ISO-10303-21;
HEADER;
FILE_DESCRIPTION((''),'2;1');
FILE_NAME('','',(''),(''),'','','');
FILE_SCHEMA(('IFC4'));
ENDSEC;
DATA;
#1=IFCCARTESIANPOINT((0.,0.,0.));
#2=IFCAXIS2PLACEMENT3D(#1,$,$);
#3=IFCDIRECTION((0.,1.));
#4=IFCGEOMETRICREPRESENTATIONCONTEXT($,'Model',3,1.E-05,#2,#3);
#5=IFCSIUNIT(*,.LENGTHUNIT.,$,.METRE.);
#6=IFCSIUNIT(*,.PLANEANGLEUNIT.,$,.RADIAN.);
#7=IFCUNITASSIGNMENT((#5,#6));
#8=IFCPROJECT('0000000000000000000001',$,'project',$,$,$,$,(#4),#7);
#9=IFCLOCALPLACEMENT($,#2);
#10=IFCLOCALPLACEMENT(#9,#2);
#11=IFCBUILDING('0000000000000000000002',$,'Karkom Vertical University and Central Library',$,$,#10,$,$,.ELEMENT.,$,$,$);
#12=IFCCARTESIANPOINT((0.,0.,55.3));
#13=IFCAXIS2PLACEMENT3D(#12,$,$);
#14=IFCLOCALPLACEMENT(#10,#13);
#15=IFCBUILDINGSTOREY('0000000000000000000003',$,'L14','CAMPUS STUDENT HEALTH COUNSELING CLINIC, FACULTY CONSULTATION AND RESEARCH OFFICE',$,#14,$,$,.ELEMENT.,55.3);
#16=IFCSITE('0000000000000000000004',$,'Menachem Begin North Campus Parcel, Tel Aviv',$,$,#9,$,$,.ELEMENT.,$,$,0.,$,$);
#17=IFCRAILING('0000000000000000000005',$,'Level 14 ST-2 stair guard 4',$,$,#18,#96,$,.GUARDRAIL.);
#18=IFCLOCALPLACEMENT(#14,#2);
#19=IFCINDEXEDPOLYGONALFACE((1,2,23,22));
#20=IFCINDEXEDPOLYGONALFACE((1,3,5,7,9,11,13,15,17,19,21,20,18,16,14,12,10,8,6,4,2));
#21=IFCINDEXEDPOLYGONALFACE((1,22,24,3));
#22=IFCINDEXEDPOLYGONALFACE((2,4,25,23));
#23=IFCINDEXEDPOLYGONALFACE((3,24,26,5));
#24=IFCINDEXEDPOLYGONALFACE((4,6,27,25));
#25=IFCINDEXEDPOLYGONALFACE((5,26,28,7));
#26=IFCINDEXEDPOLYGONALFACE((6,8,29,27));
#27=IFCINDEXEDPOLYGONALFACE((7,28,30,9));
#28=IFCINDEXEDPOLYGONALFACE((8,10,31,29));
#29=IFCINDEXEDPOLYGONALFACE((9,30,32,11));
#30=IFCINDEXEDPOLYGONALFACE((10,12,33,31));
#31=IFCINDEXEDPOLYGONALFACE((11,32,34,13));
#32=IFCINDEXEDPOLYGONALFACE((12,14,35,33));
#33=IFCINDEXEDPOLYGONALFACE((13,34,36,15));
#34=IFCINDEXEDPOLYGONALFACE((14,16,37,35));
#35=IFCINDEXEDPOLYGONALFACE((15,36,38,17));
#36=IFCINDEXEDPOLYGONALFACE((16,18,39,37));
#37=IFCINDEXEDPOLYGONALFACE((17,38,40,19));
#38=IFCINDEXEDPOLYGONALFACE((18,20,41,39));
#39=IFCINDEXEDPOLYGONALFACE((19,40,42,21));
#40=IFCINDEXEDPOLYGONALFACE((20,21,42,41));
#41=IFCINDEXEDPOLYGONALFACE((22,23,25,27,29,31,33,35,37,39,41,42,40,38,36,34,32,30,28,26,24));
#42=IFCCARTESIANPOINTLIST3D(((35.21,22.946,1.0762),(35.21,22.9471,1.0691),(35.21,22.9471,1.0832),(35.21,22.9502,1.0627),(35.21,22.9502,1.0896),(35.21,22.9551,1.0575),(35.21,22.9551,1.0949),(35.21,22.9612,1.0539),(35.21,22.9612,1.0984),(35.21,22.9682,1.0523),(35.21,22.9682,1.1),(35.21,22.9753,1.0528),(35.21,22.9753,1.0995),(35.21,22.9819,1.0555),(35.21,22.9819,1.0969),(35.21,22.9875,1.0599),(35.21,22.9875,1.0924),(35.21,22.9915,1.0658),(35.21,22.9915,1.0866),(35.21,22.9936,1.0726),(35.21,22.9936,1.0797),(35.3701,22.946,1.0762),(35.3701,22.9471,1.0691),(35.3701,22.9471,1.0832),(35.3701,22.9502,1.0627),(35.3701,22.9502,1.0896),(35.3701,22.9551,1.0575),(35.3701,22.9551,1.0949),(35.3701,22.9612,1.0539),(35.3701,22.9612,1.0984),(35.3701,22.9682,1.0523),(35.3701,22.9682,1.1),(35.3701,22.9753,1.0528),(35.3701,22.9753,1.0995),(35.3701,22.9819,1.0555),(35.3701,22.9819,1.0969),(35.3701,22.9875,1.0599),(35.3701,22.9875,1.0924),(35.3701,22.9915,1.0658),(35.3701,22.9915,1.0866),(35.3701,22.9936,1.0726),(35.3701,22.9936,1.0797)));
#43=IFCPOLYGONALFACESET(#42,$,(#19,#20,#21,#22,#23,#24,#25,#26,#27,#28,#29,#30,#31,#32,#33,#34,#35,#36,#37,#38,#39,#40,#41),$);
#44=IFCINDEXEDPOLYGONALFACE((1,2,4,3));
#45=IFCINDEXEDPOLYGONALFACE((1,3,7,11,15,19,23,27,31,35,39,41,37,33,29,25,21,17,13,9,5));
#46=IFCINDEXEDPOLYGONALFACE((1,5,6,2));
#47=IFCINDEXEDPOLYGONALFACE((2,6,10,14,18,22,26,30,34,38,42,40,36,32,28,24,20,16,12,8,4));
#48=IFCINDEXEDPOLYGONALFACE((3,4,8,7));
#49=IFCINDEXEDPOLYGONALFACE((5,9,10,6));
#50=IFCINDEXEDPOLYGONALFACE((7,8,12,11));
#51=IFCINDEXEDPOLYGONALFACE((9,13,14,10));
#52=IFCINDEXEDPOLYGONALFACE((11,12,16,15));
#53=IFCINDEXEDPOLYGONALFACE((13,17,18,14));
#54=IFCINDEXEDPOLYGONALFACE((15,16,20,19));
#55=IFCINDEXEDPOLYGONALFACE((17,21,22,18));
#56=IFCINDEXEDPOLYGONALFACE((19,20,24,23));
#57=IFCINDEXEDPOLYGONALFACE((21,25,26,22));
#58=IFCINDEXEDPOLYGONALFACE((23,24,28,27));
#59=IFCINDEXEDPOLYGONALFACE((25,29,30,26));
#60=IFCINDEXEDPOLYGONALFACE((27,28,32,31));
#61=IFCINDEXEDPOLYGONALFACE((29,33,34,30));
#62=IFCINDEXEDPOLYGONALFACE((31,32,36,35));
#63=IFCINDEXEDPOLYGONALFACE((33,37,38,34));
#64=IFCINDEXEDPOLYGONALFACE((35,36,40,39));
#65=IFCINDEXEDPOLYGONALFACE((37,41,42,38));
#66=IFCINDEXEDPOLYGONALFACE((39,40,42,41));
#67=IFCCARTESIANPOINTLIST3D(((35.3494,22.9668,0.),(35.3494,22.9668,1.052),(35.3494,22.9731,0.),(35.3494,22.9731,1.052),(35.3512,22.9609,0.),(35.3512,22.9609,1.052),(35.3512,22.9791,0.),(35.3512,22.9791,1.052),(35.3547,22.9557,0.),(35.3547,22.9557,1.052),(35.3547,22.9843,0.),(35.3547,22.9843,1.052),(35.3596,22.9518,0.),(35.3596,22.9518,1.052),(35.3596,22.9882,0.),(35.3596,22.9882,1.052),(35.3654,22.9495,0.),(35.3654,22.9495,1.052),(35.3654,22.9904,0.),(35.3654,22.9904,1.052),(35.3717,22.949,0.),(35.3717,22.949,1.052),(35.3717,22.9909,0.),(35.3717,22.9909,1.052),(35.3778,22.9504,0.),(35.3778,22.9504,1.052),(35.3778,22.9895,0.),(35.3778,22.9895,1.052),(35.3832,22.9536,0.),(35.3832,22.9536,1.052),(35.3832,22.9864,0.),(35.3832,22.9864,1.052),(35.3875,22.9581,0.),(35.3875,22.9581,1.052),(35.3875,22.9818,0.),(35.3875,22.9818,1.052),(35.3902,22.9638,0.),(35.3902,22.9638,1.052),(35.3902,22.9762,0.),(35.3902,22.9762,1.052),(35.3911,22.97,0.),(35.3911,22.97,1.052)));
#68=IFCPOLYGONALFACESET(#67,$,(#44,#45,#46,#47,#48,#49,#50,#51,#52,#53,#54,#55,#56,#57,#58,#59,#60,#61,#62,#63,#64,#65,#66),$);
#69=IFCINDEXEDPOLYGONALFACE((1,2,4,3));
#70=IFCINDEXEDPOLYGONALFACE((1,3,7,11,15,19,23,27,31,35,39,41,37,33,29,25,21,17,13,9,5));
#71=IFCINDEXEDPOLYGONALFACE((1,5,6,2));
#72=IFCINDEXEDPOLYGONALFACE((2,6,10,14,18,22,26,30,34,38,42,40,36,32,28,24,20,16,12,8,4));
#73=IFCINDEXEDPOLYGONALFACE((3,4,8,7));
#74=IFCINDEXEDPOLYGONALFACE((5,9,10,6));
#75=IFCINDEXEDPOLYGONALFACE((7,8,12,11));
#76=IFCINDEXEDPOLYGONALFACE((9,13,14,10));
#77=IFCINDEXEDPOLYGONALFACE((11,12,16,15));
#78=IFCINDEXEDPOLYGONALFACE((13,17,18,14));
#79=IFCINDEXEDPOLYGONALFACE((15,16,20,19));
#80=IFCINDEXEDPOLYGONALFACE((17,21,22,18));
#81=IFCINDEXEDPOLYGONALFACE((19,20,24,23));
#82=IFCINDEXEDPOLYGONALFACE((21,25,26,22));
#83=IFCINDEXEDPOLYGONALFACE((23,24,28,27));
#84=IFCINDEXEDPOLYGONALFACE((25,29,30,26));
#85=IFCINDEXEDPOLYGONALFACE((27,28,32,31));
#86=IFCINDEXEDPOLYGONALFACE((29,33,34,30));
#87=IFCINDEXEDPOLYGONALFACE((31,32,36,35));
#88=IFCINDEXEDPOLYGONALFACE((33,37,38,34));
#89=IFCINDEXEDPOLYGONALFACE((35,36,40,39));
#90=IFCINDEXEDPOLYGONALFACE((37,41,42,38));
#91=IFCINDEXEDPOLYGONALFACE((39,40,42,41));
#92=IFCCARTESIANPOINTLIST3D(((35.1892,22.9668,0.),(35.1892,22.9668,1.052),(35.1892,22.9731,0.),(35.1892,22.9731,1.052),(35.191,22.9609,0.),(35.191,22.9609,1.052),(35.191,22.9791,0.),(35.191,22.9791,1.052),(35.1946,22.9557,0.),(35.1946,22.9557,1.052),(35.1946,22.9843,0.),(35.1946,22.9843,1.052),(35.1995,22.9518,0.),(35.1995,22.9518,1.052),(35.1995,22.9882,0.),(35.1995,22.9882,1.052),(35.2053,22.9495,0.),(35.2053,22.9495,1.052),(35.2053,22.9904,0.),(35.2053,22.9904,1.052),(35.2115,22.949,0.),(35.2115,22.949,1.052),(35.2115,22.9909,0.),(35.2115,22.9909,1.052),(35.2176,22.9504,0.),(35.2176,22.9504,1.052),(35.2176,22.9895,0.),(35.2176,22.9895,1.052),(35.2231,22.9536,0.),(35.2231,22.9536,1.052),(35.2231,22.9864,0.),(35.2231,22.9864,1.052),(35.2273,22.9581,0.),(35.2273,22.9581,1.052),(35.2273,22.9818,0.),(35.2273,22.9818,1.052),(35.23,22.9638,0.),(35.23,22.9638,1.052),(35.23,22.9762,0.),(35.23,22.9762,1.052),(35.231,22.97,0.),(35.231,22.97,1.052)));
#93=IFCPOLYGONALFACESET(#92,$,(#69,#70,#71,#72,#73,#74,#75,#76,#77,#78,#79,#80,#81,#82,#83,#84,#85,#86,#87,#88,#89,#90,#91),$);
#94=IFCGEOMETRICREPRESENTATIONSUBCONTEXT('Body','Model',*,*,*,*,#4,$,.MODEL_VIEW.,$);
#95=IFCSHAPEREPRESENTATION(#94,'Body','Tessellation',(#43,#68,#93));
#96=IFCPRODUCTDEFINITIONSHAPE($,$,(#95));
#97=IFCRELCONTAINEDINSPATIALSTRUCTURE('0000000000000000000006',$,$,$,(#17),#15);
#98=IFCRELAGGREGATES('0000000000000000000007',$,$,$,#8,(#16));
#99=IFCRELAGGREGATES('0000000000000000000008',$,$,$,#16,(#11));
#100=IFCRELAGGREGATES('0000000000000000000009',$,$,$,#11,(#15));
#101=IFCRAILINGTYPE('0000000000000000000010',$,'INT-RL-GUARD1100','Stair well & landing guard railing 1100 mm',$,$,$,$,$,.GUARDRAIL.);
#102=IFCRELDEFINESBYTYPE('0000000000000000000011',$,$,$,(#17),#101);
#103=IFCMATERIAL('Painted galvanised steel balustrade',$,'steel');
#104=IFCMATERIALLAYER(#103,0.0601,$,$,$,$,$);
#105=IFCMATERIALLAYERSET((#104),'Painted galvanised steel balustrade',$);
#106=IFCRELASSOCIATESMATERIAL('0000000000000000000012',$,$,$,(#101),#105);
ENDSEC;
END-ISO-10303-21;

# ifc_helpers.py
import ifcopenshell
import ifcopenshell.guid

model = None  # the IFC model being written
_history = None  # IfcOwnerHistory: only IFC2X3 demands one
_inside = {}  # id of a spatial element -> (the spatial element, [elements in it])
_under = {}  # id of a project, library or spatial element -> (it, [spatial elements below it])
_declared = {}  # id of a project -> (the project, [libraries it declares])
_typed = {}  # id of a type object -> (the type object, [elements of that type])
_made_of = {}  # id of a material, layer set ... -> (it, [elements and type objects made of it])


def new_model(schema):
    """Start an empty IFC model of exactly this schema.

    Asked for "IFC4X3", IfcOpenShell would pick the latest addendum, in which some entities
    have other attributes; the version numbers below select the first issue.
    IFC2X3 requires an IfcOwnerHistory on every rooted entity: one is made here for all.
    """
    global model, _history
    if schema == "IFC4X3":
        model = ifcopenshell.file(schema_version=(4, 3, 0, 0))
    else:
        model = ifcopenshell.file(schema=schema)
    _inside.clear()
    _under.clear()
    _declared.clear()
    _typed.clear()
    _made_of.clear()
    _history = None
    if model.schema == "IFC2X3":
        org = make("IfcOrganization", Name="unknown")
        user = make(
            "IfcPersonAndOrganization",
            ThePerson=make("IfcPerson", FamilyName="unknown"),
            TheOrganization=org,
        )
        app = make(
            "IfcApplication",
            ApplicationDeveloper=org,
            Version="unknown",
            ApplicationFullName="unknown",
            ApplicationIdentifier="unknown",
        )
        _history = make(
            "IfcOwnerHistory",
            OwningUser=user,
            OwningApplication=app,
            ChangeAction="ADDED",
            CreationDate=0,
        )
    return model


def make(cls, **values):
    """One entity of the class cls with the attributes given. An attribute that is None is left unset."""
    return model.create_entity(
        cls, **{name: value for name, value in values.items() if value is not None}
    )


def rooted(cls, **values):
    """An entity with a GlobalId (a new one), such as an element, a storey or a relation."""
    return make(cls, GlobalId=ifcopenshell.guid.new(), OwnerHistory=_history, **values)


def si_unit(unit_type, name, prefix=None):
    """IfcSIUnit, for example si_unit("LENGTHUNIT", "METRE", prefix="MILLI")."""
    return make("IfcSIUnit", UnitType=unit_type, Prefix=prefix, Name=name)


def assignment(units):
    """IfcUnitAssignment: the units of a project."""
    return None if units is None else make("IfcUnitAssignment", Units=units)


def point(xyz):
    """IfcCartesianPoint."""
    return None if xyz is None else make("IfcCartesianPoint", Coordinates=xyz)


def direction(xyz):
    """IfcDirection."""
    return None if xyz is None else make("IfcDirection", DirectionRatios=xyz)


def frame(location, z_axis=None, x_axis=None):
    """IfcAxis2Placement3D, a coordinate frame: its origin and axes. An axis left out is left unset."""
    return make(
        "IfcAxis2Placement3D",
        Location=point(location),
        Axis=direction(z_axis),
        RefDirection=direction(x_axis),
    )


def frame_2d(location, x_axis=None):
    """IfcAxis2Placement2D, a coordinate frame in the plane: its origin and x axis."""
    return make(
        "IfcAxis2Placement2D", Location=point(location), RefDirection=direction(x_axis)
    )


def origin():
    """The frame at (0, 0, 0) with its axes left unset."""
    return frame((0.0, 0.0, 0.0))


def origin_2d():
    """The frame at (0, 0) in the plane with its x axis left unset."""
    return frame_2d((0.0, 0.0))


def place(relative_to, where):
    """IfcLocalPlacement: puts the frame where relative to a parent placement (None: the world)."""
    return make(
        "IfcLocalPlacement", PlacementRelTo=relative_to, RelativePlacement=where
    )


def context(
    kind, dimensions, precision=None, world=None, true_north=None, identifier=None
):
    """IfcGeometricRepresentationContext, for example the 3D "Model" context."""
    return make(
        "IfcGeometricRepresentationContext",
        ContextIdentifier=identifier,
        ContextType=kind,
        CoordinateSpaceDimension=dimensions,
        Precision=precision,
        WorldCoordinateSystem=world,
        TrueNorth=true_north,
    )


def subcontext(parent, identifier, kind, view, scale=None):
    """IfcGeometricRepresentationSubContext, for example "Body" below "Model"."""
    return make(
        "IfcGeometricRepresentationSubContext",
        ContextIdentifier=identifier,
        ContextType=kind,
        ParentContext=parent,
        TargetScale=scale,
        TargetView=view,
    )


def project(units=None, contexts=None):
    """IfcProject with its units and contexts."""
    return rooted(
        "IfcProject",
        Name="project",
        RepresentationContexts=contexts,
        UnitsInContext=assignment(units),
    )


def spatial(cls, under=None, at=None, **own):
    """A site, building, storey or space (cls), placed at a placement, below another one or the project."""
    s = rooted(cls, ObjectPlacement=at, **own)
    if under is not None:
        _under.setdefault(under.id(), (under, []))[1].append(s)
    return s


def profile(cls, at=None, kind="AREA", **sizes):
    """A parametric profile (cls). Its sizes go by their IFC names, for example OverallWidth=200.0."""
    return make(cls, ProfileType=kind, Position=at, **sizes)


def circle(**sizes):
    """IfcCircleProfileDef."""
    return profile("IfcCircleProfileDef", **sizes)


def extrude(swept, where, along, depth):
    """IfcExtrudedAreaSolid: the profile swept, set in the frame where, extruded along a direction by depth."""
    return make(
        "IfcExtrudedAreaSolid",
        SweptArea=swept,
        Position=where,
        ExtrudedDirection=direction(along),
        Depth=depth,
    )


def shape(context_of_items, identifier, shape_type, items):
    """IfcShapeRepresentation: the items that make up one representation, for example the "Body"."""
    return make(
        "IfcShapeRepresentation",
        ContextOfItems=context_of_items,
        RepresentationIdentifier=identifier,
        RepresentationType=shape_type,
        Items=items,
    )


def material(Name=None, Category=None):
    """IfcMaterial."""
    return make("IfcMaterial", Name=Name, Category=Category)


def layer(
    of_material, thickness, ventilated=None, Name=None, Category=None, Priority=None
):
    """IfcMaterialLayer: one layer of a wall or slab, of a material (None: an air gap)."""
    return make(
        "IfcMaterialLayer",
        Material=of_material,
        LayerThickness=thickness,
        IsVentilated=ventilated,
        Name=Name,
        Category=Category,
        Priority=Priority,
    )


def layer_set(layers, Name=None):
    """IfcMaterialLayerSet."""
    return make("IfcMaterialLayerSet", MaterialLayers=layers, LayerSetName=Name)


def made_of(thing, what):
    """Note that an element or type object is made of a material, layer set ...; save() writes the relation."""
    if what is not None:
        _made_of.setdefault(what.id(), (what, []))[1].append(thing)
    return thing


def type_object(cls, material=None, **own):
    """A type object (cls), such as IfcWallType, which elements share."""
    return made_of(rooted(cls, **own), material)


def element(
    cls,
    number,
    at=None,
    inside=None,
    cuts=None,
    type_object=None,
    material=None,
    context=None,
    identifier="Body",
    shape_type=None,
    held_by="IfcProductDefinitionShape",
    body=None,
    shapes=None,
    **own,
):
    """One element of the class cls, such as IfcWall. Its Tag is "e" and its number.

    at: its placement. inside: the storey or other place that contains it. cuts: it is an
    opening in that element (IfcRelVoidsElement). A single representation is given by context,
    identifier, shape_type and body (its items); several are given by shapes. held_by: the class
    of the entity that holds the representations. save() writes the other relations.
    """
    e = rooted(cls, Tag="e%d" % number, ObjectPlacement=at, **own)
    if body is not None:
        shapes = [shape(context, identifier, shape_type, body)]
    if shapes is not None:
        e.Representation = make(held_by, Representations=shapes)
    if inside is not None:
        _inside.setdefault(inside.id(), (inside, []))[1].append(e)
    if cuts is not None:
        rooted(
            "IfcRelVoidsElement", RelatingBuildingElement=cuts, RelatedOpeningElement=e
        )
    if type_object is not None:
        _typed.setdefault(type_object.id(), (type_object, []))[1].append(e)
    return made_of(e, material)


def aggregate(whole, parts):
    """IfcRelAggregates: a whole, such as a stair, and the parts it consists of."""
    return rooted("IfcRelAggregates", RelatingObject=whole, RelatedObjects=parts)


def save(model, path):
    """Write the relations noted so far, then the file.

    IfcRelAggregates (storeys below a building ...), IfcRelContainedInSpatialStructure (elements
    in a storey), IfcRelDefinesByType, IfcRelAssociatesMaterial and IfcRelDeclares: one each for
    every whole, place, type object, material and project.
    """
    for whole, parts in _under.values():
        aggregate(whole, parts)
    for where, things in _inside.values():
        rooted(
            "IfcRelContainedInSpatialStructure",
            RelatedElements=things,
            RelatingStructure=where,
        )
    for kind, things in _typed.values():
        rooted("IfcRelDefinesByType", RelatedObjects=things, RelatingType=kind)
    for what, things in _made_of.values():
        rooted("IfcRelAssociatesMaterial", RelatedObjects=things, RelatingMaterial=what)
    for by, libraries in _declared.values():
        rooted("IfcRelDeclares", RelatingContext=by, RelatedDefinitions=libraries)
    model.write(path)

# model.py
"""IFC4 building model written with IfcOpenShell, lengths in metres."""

from ifc_helpers import new_model, si_unit, direction, frame, origin, origin_2d, place, context, subcontext, project, spatial, circle, extrude, material, layer, layer_set, type_object, element, save


model = new_model("IFC4")

# Units and contexts
model_context = context("Model", 3, precision=1e-05, world=origin(), true_north=direction((0.0, 1.0)))
body_context = subcontext(model_context, "Body", "Model", "MODEL_VIEW")
ifc_project = project(units=[si_unit("LENGTHUNIT", "METRE"), si_unit("PLANEANGLEUNIT", "RADIAN")], contexts=[model_context])

# Site, building, storey
site_placement = place(None, origin())
site = spatial("IfcSite", under=ifc_project, at=site_placement, Name="Menachem Begin North Campus Parcel, Tel Aviv", CompositionType="ELEMENT", RefElevation=0.0)
building_placement = place(site_placement, origin())
building = spatial("IfcBuilding", under=site, at=building_placement, Name="Karkom Vertical University and Central Library", CompositionType="ELEMENT")
storey_placement = place(building_placement, frame((0.0, 0.0, 55.3)))
storey = spatial("IfcBuildingStorey", under=building, at=storey_placement, Name="L14", Description="CAMPUS STUDENT HEALTH COUNSELING CLINIC, FACULTY CONSULTATION AND RESEARCH OFFICE", CompositionType="ELEMENT", Elevation=55.3)

# Railing
ifc_material_1 = material(Name="Painted galvanised steel balustrade", Category="steel")
ifc_layer_1 = layer(ifc_material_1, 0.0601)
ifc_layer_set_1 = layer_set([ifc_layer_1], Name="Painted galvanised steel balustrade")
railing_type_1 = type_object("IfcRailingType", Name="INT-RL-GUARD1100", Description="Stair well & landing guard railing 1100 mm", PredefinedType="GUARDRAIL", material=ifc_layer_set_1)
railing_1_placement = place(storey_placement, frame((35.3701, 22.97, 0.0)))
element("IfcRailing", 1, at=railing_1_placement, inside=storey, type_object=railing_type_1, Name="Level 14 ST-2 stair guard 4", PredefinedType="GUARDRAIL", context=body_context, shape_type="SweptSolid", body=[
    extrude(circle(Radius=0.0239, at=origin_2d()), frame((0.0, 0.0, 1.0762), z_axis=(-1.0, 0.0, 0.0), x_axis=(0.0, -1.0, 0.0)), (0.0, 0.0, 1.0), 0.1602),
    extrude(circle(Radius=0.021, at=origin_2d()), origin(), (0.0, 0.0, 1.0), 1.052),
    extrude(circle(Radius=0.021, at=origin_2d()), frame((-0.1602, 0.0, 0.0)), (0.0, 0.0, 1.0), 1.052),
])

save(model, "model.ifc")
